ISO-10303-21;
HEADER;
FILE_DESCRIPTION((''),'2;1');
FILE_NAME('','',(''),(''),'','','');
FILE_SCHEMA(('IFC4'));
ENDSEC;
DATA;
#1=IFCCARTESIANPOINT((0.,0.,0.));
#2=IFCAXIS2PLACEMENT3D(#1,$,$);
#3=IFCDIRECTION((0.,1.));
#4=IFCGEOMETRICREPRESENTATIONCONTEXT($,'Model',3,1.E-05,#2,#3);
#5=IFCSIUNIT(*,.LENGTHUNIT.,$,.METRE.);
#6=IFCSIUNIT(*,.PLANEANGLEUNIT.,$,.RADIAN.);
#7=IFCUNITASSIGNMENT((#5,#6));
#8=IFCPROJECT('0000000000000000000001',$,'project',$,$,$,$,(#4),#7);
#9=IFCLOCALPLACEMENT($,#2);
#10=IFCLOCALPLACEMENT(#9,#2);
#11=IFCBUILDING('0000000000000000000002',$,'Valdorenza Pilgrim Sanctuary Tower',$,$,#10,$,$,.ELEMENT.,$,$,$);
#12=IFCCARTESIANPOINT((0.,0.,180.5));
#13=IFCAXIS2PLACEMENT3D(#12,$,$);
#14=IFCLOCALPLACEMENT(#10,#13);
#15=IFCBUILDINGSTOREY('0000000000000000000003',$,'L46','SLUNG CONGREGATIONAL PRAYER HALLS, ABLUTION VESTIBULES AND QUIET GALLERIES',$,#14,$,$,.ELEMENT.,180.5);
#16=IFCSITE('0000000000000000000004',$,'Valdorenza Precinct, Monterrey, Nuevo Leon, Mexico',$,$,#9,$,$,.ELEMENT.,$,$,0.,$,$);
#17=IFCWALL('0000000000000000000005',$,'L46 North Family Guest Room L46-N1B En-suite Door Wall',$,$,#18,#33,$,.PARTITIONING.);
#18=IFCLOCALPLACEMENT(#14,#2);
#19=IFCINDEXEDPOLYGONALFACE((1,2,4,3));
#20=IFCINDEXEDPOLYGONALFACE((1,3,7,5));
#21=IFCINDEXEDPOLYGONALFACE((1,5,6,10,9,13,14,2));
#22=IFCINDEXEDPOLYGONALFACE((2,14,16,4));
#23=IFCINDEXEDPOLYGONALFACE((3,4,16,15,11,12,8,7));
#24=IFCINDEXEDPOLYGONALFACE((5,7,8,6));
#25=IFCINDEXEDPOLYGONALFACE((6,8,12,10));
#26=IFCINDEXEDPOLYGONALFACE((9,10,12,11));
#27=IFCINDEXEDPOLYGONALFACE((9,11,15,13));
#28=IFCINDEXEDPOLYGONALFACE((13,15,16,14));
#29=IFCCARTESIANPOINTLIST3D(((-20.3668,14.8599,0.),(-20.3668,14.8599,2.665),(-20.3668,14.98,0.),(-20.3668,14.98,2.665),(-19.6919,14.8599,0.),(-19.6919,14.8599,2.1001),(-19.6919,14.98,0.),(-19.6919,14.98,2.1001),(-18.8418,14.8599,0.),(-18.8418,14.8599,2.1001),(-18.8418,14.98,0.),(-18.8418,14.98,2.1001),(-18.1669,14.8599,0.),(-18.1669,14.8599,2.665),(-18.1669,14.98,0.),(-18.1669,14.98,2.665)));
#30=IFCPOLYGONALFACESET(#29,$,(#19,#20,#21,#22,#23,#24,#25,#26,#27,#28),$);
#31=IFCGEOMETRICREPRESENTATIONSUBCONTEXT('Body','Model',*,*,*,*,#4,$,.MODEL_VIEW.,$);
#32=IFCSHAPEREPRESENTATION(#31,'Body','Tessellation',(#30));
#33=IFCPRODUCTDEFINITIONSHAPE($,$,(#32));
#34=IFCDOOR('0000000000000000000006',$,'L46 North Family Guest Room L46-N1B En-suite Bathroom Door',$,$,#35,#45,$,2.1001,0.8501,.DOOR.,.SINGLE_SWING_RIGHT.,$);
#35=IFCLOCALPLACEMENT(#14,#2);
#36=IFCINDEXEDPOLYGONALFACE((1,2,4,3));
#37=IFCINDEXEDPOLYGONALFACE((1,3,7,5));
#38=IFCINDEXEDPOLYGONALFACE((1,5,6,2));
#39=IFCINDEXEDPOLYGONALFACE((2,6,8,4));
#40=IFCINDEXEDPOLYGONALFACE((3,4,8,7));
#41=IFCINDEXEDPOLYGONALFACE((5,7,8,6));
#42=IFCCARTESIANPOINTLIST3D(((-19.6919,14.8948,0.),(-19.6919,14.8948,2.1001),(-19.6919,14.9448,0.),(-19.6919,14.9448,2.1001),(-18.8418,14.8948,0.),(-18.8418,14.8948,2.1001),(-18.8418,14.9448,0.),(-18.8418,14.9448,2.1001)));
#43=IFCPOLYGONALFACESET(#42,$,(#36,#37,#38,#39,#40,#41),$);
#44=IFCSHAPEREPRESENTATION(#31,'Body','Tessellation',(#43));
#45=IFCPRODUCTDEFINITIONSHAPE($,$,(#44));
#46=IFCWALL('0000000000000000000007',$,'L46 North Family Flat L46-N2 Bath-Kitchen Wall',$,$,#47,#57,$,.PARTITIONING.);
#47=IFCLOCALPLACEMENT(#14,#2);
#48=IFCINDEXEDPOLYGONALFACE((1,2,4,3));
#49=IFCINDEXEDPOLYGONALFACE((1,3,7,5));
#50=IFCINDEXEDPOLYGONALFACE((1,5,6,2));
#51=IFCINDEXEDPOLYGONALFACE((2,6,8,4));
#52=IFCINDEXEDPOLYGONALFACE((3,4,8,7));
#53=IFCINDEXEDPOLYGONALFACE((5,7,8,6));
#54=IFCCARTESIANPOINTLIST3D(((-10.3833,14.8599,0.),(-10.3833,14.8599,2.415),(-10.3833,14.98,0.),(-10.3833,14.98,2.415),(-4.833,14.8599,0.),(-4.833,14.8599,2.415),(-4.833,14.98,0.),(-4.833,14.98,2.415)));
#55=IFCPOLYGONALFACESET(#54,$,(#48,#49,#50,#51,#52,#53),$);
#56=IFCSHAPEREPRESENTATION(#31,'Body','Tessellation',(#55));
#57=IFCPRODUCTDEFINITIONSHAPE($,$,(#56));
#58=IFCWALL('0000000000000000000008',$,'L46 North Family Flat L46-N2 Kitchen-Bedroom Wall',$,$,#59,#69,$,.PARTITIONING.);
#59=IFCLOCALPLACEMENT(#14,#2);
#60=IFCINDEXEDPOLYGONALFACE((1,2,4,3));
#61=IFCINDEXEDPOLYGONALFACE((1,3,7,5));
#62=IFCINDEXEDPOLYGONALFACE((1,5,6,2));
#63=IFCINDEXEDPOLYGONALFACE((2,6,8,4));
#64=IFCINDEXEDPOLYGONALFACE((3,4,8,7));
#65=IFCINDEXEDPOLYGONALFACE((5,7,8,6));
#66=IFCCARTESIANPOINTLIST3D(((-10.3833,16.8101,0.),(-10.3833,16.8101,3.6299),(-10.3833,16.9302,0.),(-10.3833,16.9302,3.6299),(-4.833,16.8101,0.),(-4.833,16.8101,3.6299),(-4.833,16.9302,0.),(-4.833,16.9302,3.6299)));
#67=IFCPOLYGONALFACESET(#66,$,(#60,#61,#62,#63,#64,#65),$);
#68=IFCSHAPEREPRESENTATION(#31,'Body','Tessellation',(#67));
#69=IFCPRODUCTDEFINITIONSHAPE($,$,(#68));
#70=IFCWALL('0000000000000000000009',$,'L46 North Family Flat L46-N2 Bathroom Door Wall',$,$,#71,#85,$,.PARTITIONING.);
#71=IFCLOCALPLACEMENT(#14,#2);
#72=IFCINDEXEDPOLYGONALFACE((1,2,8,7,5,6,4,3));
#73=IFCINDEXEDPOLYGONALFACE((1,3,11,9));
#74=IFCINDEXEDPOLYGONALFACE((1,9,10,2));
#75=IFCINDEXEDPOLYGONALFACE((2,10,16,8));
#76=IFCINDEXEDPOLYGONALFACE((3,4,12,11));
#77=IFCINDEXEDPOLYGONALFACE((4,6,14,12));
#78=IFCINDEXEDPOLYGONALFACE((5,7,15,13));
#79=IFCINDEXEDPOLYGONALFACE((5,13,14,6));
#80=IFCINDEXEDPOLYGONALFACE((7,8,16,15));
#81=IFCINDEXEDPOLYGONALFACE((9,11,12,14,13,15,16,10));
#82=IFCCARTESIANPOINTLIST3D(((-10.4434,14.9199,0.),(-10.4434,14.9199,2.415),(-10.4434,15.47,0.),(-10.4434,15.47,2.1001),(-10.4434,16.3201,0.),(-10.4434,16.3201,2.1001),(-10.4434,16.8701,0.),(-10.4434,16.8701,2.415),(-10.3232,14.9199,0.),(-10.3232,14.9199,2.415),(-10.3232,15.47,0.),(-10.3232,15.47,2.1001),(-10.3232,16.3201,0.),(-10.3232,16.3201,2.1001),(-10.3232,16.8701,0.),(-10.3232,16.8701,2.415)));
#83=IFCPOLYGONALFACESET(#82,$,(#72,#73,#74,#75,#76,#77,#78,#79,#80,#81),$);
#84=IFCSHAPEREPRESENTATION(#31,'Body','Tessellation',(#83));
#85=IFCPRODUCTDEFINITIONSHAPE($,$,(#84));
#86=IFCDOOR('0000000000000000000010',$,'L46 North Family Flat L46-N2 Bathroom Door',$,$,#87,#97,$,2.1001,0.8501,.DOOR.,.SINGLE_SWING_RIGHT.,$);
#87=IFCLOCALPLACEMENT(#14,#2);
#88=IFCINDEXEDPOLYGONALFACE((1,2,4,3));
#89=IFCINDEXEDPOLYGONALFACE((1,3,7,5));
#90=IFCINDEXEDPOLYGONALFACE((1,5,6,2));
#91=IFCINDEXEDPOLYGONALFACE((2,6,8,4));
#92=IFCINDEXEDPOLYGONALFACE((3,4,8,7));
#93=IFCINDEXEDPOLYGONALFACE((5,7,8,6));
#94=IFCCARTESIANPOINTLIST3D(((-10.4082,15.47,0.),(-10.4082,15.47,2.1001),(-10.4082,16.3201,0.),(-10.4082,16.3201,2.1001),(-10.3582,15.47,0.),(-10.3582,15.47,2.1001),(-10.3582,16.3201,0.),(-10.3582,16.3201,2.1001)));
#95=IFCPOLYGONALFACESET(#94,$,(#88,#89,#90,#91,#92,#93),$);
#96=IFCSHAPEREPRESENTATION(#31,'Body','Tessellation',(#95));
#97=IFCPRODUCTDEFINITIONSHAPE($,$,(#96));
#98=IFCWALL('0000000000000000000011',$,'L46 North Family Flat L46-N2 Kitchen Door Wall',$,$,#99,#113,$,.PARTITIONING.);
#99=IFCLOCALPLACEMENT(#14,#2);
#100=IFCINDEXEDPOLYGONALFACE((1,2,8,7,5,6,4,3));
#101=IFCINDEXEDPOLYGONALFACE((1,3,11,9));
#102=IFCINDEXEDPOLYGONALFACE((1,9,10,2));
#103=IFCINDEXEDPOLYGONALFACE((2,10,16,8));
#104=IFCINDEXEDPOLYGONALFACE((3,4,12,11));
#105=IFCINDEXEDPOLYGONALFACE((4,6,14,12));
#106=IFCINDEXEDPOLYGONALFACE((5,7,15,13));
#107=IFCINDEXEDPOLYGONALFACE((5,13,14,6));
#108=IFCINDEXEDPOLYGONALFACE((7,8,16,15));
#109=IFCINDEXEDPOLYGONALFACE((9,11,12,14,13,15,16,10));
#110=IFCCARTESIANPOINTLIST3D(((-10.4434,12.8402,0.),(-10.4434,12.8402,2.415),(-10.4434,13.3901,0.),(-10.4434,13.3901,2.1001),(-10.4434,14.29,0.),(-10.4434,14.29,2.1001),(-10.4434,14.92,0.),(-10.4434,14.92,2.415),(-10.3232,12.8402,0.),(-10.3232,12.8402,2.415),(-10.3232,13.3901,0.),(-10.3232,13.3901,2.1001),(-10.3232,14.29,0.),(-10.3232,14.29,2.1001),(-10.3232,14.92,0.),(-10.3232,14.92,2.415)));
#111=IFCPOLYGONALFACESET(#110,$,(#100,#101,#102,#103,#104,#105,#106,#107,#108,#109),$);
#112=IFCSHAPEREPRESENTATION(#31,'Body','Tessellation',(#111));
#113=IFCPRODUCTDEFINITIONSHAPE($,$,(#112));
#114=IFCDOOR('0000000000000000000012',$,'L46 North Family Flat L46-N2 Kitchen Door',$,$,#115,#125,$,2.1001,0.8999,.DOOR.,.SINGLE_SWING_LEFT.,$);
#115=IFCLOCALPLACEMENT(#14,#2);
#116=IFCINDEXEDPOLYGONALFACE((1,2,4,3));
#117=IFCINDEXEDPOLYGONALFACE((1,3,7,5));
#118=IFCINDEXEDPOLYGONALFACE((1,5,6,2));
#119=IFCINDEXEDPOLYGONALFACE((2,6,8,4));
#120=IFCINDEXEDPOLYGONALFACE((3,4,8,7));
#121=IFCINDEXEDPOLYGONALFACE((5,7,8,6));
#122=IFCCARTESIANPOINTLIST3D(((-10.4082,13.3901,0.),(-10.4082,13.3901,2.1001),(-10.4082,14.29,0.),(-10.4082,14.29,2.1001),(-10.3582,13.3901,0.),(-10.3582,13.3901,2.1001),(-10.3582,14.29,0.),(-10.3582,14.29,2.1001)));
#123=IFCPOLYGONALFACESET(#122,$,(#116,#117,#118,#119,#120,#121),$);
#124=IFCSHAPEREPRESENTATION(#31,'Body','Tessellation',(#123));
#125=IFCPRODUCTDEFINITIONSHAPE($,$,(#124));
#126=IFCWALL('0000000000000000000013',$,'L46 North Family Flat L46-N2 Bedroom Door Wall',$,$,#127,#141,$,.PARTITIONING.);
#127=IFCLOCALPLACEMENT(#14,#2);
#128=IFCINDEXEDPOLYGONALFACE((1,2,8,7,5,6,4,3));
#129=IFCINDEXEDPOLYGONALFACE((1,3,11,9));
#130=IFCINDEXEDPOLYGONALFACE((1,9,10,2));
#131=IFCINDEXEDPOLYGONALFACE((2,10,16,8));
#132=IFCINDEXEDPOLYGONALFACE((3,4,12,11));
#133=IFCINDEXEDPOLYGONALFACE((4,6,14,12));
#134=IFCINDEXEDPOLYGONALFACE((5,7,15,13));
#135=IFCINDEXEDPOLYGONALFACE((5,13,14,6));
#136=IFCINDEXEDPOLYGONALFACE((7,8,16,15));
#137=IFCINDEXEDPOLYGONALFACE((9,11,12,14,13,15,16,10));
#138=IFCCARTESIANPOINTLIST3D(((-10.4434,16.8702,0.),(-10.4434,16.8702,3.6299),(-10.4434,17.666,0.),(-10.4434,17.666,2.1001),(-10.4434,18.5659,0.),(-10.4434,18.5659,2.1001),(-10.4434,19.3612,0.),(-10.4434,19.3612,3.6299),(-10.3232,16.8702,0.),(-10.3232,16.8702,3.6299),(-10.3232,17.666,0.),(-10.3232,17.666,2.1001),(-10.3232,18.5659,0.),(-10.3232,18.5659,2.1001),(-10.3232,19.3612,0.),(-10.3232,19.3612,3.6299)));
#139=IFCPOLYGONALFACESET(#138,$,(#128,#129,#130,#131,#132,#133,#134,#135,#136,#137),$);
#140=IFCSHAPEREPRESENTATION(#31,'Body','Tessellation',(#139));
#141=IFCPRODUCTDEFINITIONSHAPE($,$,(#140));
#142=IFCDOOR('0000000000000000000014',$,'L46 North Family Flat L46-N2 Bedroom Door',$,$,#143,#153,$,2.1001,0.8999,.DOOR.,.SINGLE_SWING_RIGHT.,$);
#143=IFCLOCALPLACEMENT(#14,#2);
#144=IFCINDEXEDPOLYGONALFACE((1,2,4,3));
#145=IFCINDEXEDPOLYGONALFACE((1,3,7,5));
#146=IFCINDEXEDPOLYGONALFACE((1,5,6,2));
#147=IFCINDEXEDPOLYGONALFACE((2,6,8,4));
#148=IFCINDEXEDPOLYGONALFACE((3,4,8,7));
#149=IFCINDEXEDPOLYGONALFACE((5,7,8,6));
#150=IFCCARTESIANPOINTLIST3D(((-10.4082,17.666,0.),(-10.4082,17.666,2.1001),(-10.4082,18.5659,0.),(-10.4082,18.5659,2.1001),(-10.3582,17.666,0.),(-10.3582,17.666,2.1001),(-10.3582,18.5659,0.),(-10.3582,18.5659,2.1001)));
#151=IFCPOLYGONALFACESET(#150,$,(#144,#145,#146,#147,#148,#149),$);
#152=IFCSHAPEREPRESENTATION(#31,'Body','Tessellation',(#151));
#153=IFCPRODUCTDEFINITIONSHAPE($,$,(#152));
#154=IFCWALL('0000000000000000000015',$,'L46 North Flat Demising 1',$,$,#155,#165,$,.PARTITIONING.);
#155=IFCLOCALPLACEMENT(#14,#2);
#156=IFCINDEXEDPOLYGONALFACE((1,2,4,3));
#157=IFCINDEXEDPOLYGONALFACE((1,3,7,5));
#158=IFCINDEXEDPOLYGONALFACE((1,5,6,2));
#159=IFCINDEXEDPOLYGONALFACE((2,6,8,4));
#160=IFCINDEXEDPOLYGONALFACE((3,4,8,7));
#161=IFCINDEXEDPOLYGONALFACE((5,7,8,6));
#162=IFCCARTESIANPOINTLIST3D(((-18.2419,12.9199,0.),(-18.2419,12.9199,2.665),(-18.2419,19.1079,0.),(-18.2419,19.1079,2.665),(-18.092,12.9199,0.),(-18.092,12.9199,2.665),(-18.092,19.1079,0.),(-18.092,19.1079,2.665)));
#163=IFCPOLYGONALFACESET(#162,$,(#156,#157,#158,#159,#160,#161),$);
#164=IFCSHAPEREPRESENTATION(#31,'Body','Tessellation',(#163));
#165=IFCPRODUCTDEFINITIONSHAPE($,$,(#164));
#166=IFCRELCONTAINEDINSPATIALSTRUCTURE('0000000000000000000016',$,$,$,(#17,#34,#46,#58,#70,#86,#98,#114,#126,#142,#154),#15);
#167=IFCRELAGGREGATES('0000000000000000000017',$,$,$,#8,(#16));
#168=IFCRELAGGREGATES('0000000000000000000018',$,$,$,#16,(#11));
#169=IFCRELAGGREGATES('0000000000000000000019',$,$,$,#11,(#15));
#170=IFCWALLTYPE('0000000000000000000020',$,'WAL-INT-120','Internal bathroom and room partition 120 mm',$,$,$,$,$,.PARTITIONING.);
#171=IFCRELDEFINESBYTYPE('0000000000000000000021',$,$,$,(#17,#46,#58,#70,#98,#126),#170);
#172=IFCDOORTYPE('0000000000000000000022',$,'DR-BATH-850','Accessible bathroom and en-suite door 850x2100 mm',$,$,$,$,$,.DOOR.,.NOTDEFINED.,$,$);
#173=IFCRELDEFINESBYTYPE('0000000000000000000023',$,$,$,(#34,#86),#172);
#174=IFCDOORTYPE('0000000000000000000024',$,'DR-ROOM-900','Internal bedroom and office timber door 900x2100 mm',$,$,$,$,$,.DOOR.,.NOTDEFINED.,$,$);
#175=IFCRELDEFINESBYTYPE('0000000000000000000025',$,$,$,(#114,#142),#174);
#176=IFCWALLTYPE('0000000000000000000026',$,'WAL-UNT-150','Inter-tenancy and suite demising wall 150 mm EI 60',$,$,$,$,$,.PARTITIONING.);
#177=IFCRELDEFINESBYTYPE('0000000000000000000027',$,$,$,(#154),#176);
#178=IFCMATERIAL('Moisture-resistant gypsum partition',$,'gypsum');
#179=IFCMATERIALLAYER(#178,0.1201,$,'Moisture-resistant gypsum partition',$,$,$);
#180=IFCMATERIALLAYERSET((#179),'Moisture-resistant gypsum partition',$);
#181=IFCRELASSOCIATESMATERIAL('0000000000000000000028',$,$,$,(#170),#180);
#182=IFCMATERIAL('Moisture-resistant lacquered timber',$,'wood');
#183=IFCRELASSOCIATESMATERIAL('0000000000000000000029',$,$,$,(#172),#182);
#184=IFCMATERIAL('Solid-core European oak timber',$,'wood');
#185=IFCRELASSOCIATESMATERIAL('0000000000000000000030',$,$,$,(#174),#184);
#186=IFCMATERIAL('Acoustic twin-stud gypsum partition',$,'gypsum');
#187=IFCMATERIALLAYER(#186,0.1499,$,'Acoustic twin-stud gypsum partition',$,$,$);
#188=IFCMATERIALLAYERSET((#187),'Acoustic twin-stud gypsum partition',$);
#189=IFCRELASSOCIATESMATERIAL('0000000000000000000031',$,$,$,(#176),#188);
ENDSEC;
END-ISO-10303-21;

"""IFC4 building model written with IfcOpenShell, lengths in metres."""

from ifc_helpers import new_model, si_unit, direction, frame, frame_2d, origin, place, context, subcontext, project, spatial, rectangle, extrude, material, layer, layer_set, type_object, element, fill, save


model = new_model("IFC4")

# Units and contexts
model_context = context("Model", 3, precision=1e-05, world=origin(), true_north=direction((0.0, 1.0)))
body_context = subcontext(model_context, "Body", "Model", "MODEL_VIEW")
ifc_project = project(units=[si_unit("LENGTHUNIT", "METRE"), si_unit("PLANEANGLEUNIT", "RADIAN")], contexts=[model_context])

# Site, building, storey
site_placement = place(None, origin())
site = spatial("IfcSite", under=ifc_project, at=site_placement, Name="Valdorenza Precinct, Monterrey, Nuevo Leon, Mexico", CompositionType="ELEMENT", RefElevation=0.0)
building_placement = place(site_placement, origin())
building = spatial("IfcBuilding", under=site, at=building_placement, Name="Valdorenza Pilgrim Sanctuary Tower", CompositionType="ELEMENT")
storey_placement = place(building_placement, frame((0.0, 0.0, 180.5)))
storey = spatial("IfcBuildingStorey", under=building, at=storey_placement, Name="L46", Description="SLUNG CONGREGATIONAL PRAYER HALLS, ABLUTION VESTIBULES AND QUIET GALLERIES", CompositionType="ELEMENT", Elevation=180.5)

# Shared definitions
ifc_material_1 = material(Name="Acoustic twin-stud gypsum partition", Category="gypsum")
ifc_material_2 = material(Name="Moisture-resistant gypsum partition", Category="gypsum")
ifc_layer_1 = layer(ifc_material_2, 0.1201, Name="Moisture-resistant gypsum partition")
ifc_layer_set_1 = layer_set([ifc_layer_1], Name="Moisture-resistant gypsum partition")
wall_type_1 = type_object("IfcWallType", Name="WAL-INT-120", Description="Internal bathroom and room partition 120 mm", PredefinedType="PARTITIONING", material=ifc_layer_set_1)

# Wall, opening, door
wall_1_placement = place(storey_placement, frame((-20.3669, 14.9199, 0.0), z_axis=(0.0, 0.0, 1.0), x_axis=(1.0, 0.0, 0.0)))
wall_1 = element("IfcWall", 1, at=wall_1_placement, inside=storey, type_object=wall_type_1, Name="L46 North Family Guest Room L46-N1B En-suite Door Wall", PredefinedType="PARTITIONING", context=body_context, shape_type="SweptSolid", body=[
    extrude(rectangle(XDim=2.2, YDim=0.1201, at=frame_2d((1.1001, 0.0))), origin(), (0.0, 0.0, 1.0), 2.665),
])
opening_1_placement = place(wall_1_placement, frame((0.675, 0.0, 0.0)))
opening_1 = element("IfcOpeningElement", 2, at=opening_1_placement, cuts=wall_1, PredefinedType="OPENING", context=body_context, shape_type="SweptSolid", body=[
    extrude(rectangle(XDim=0.8501, YDim=2.1001, at=frame_2d((0.425, 1.05))), frame((0.0, 0.075, 0.0), z_axis=(0.0, -1.0, 0.0), x_axis=(1.0, 0.0, 0.0)), (0.0, 0.0, 1.0), 0.1499),
])
ifc_material_3 = material(Name="Moisture-resistant lacquered timber", Category="wood")
door_type_1 = type_object("IfcDoorType", Name="DR-BATH-850", Description="Accessible bathroom and en-suite door 850x2100 mm", OperationType="NOTDEFINED", PredefinedType="DOOR", material=ifc_material_3)
door_1_placement = place(opening_1_placement, origin())
door_1 = element("IfcDoor", 3, at=door_1_placement, inside=storey, type_object=door_type_1, Name="L46 North Family Guest Room L46-N1B En-suite Bathroom Door", OperationType="SINGLE_SWING_RIGHT", OverallHeight=2.1001, OverallWidth=0.8501, PredefinedType="DOOR", context=body_context, shape_type="SweptSolid", body=[
    extrude(rectangle(XDim=0.8501, YDim=2.1001, at=frame_2d((0.425, 1.05))), frame((0.0, 0.0249, 0.0), z_axis=(0.0, -1.0, 0.0), x_axis=(1.0, 0.0, 0.0)), (0.0, 0.0, 1.0), 0.05),
])
fill(opening_1, door_1)

# Walls
wall_2_placement = place(storey_placement, frame((-10.3833, 14.9199, 0.0), z_axis=(0.0, 0.0, 1.0), x_axis=(1.0, 0.0, 0.0)))
element("IfcWall", 4, at=wall_2_placement, inside=storey, type_object=wall_type_1, Name="L46 North Family Flat L46-N2 Bath-Kitchen Wall", PredefinedType="PARTITIONING", context=body_context, shape_type="SweptSolid", body=[
    extrude(rectangle(XDim=5.5503, YDim=0.1201, at=frame_2d((2.7751, 0.0))), origin(), (0.0, 0.0, 1.0), 2.415),
])
wall_3_placement = place(storey_placement, frame((-10.3833, 16.8701, 0.0), z_axis=(0.0, 0.0, 1.0), x_axis=(1.0, 0.0, 0.0)))
element("IfcWall", 5, at=wall_3_placement, inside=storey, type_object=wall_type_1, Name="L46 North Family Flat L46-N2 Kitchen-Bedroom Wall", PredefinedType="PARTITIONING", context=body_context, shape_type="SweptSolid", body=[
    extrude(rectangle(XDim=5.5503, YDim=0.1201, at=frame_2d((2.7751, 0.0))), origin(), (0.0, 0.0, 1.0), 3.6299),
])

# Walls, openings, doors
wall_4_placement = place(storey_placement, frame((-10.3833, 14.9199, 0.0), z_axis=(0.0, 0.0, 1.0), x_axis=(0.0, 1.0, 0.0)))
wall_4 = element("IfcWall", 6, at=wall_4_placement, inside=storey, type_object=wall_type_1, Name="L46 North Family Flat L46-N2 Bathroom Door Wall", PredefinedType="PARTITIONING", context=body_context, shape_type="SweptSolid", body=[
    extrude(rectangle(XDim=1.9502, YDim=0.1201, at=frame_2d((0.9751, 0.0))), origin(), (0.0, 0.0, 1.0), 2.415),
])
opening_2_placement = place(wall_4_placement, frame((0.55, 0.0, 0.0)))
opening_2 = element("IfcOpeningElement", 7, at=opening_2_placement, cuts=wall_4, PredefinedType="OPENING", context=body_context, shape_type="SweptSolid", body=[
    extrude(rectangle(XDim=0.8501, YDim=2.1001, at=frame_2d((0.425, 1.05))), frame((0.0, 0.075, 0.0), z_axis=(0.0, -1.0, 0.0), x_axis=(1.0, 0.0, 0.0)), (0.0, 0.0, 1.0), 0.1499),
])
door_2_placement = place(opening_2_placement, origin())
door_2 = element("IfcDoor", 8, at=door_2_placement, inside=storey, type_object=door_type_1, Name="L46 North Family Flat L46-N2 Bathroom Door", OperationType="SINGLE_SWING_RIGHT", OverallHeight=2.1001, OverallWidth=0.8501, PredefinedType="DOOR", context=body_context, shape_type="SweptSolid", body=[
    extrude(rectangle(XDim=0.8501, YDim=2.1001, at=frame_2d((0.425, 1.05))), frame((0.0, 0.0249, 0.0), z_axis=(0.0, -1.0, 0.0), x_axis=(1.0, 0.0, 0.0)), (0.0, 0.0, 1.0), 0.05),
])
fill(opening_2, door_2)
wall_5_placement = place(storey_placement, frame((-10.3833, 12.8401, 0.0), z_axis=(0.0, 0.0, 1.0), x_axis=(0.0, 1.0, 0.0)))
wall_5 = element("IfcWall", 9, at=wall_5_placement, inside=storey, type_object=wall_type_1, Name="L46 North Family Flat L46-N2 Kitchen Door Wall", PredefinedType="PARTITIONING", context=body_context, shape_type="SweptSolid", body=[
    extrude(rectangle(XDim=2.0798, YDim=0.1201, at=frame_2d((1.04, 0.0))), origin(), (0.0, 0.0, 1.0), 2.415),
])
opening_3_placement = place(wall_5_placement, frame((0.55, 0.0, 0.0)))
opening_3 = element("IfcOpeningElement", 10, at=opening_3_placement, cuts=wall_5, PredefinedType="OPENING", context=body_context, shape_type="SweptSolid", body=[
    extrude(rectangle(XDim=0.8999, YDim=2.1001, at=frame_2d((0.45, 1.05))), frame((0.0, 0.075, 0.0), z_axis=(0.0, -1.0, 0.0), x_axis=(1.0, 0.0, 0.0)), (0.0, 0.0, 1.0), 0.1499),
])
ifc_material_4 = material(Name="Solid-core European oak timber", Category="wood")
door_type_2 = type_object("IfcDoorType", Name="DR-ROOM-900", Description="Internal bedroom and office timber door 900x2100 mm", OperationType="NOTDEFINED", PredefinedType="DOOR", material=ifc_material_4)
door_3_placement = place(opening_3_placement, origin())
door_3 = element("IfcDoor", 11, at=door_3_placement, inside=storey, type_object=door_type_2, Name="L46 North Family Flat L46-N2 Kitchen Door", OperationType="SINGLE_SWING_LEFT", OverallHeight=2.1001, OverallWidth=0.8999, PredefinedType="DOOR", context=body_context, shape_type="SweptSolid", body=[
    extrude(rectangle(XDim=0.8999, YDim=2.1001, at=frame_2d((0.45, 1.05))), frame((0.0, 0.0249, 0.0), z_axis=(0.0, -1.0, 0.0), x_axis=(1.0, 0.0, 0.0)), (0.0, 0.0, 1.0), 0.05),
])
fill(opening_3, door_3)
wall_6_placement = place(storey_placement, frame((-10.3833, 16.8701, 0.0), z_axis=(0.0, 0.0, 1.0), x_axis=(0.0, 1.0, 0.0)))
wall_6 = element("IfcWall", 12, at=wall_6_placement, inside=storey, type_object=wall_type_1, Name="L46 North Family Flat L46-N2 Bedroom Door Wall", PredefinedType="PARTITIONING", context=body_context, shape_type="SweptSolid", body=[
    extrude(rectangle(XDim=2.491, YDim=0.1201, at=frame_2d((1.2456, 0.0))), origin(), (0.0, 0.0, 1.0), 3.6299),
])
opening_4_placement = place(wall_6_placement, frame((0.7959, 0.0, 0.0)))
opening_4 = element("IfcOpeningElement", 13, at=opening_4_placement, cuts=wall_6, PredefinedType="OPENING", context=body_context, shape_type="SweptSolid", body=[
    extrude(rectangle(XDim=0.8999, YDim=2.1001, at=frame_2d((0.45, 1.05))), frame((0.0, 0.075, 0.0), z_axis=(0.0, -1.0, 0.0), x_axis=(1.0, 0.0, 0.0)), (0.0, 0.0, 1.0), 0.1499),
])
door_4_placement = place(opening_4_placement, origin())
door_4 = element("IfcDoor", 14, at=door_4_placement, inside=storey, type_object=door_type_2, Name="L46 North Family Flat L46-N2 Bedroom Door", OperationType="SINGLE_SWING_RIGHT", OverallHeight=2.1001, OverallWidth=0.8999, PredefinedType="DOOR", context=body_context, shape_type="SweptSolid", body=[
    extrude(rectangle(XDim=0.8999, YDim=2.1001, at=frame_2d((0.45, 1.05))), frame((0.0, 0.0249, 0.0), z_axis=(0.0, -1.0, 0.0), x_axis=(1.0, 0.0, 0.0)), (0.0, 0.0, 1.0), 0.05),
])
fill(opening_4, door_4)

# Wall
ifc_layer_2 = layer(ifc_material_1, 0.1499, Name="Acoustic twin-stud gypsum partition")
ifc_layer_set_2 = layer_set([ifc_layer_2], Name="Acoustic twin-stud gypsum partition")
wall_type_2 = type_object("IfcWallType", Name="WAL-UNT-150", Description="Inter-tenancy and suite demising wall 150 mm EI 60", PredefinedType="PARTITIONING", material=ifc_layer_set_2)
wall_7_placement = place(storey_placement, frame((-18.167, 12.9199, 0.0), z_axis=(0.0, 0.0, 1.0), x_axis=(0.0, 1.0, 0.0)))
element("IfcWall", 15, at=wall_7_placement, inside=storey, type_object=wall_type_2, Name="L46 North Flat Demising 1", PredefinedType="PARTITIONING", context=body_context, shape_type="SweptSolid", body=[
    extrude(rectangle(XDim=6.188, YDim=0.1499, at=frame_2d((3.094, 0.0))), origin(), (0.0, 0.0, 1.0), 2.665),
])

save(model, "model.ifc")
